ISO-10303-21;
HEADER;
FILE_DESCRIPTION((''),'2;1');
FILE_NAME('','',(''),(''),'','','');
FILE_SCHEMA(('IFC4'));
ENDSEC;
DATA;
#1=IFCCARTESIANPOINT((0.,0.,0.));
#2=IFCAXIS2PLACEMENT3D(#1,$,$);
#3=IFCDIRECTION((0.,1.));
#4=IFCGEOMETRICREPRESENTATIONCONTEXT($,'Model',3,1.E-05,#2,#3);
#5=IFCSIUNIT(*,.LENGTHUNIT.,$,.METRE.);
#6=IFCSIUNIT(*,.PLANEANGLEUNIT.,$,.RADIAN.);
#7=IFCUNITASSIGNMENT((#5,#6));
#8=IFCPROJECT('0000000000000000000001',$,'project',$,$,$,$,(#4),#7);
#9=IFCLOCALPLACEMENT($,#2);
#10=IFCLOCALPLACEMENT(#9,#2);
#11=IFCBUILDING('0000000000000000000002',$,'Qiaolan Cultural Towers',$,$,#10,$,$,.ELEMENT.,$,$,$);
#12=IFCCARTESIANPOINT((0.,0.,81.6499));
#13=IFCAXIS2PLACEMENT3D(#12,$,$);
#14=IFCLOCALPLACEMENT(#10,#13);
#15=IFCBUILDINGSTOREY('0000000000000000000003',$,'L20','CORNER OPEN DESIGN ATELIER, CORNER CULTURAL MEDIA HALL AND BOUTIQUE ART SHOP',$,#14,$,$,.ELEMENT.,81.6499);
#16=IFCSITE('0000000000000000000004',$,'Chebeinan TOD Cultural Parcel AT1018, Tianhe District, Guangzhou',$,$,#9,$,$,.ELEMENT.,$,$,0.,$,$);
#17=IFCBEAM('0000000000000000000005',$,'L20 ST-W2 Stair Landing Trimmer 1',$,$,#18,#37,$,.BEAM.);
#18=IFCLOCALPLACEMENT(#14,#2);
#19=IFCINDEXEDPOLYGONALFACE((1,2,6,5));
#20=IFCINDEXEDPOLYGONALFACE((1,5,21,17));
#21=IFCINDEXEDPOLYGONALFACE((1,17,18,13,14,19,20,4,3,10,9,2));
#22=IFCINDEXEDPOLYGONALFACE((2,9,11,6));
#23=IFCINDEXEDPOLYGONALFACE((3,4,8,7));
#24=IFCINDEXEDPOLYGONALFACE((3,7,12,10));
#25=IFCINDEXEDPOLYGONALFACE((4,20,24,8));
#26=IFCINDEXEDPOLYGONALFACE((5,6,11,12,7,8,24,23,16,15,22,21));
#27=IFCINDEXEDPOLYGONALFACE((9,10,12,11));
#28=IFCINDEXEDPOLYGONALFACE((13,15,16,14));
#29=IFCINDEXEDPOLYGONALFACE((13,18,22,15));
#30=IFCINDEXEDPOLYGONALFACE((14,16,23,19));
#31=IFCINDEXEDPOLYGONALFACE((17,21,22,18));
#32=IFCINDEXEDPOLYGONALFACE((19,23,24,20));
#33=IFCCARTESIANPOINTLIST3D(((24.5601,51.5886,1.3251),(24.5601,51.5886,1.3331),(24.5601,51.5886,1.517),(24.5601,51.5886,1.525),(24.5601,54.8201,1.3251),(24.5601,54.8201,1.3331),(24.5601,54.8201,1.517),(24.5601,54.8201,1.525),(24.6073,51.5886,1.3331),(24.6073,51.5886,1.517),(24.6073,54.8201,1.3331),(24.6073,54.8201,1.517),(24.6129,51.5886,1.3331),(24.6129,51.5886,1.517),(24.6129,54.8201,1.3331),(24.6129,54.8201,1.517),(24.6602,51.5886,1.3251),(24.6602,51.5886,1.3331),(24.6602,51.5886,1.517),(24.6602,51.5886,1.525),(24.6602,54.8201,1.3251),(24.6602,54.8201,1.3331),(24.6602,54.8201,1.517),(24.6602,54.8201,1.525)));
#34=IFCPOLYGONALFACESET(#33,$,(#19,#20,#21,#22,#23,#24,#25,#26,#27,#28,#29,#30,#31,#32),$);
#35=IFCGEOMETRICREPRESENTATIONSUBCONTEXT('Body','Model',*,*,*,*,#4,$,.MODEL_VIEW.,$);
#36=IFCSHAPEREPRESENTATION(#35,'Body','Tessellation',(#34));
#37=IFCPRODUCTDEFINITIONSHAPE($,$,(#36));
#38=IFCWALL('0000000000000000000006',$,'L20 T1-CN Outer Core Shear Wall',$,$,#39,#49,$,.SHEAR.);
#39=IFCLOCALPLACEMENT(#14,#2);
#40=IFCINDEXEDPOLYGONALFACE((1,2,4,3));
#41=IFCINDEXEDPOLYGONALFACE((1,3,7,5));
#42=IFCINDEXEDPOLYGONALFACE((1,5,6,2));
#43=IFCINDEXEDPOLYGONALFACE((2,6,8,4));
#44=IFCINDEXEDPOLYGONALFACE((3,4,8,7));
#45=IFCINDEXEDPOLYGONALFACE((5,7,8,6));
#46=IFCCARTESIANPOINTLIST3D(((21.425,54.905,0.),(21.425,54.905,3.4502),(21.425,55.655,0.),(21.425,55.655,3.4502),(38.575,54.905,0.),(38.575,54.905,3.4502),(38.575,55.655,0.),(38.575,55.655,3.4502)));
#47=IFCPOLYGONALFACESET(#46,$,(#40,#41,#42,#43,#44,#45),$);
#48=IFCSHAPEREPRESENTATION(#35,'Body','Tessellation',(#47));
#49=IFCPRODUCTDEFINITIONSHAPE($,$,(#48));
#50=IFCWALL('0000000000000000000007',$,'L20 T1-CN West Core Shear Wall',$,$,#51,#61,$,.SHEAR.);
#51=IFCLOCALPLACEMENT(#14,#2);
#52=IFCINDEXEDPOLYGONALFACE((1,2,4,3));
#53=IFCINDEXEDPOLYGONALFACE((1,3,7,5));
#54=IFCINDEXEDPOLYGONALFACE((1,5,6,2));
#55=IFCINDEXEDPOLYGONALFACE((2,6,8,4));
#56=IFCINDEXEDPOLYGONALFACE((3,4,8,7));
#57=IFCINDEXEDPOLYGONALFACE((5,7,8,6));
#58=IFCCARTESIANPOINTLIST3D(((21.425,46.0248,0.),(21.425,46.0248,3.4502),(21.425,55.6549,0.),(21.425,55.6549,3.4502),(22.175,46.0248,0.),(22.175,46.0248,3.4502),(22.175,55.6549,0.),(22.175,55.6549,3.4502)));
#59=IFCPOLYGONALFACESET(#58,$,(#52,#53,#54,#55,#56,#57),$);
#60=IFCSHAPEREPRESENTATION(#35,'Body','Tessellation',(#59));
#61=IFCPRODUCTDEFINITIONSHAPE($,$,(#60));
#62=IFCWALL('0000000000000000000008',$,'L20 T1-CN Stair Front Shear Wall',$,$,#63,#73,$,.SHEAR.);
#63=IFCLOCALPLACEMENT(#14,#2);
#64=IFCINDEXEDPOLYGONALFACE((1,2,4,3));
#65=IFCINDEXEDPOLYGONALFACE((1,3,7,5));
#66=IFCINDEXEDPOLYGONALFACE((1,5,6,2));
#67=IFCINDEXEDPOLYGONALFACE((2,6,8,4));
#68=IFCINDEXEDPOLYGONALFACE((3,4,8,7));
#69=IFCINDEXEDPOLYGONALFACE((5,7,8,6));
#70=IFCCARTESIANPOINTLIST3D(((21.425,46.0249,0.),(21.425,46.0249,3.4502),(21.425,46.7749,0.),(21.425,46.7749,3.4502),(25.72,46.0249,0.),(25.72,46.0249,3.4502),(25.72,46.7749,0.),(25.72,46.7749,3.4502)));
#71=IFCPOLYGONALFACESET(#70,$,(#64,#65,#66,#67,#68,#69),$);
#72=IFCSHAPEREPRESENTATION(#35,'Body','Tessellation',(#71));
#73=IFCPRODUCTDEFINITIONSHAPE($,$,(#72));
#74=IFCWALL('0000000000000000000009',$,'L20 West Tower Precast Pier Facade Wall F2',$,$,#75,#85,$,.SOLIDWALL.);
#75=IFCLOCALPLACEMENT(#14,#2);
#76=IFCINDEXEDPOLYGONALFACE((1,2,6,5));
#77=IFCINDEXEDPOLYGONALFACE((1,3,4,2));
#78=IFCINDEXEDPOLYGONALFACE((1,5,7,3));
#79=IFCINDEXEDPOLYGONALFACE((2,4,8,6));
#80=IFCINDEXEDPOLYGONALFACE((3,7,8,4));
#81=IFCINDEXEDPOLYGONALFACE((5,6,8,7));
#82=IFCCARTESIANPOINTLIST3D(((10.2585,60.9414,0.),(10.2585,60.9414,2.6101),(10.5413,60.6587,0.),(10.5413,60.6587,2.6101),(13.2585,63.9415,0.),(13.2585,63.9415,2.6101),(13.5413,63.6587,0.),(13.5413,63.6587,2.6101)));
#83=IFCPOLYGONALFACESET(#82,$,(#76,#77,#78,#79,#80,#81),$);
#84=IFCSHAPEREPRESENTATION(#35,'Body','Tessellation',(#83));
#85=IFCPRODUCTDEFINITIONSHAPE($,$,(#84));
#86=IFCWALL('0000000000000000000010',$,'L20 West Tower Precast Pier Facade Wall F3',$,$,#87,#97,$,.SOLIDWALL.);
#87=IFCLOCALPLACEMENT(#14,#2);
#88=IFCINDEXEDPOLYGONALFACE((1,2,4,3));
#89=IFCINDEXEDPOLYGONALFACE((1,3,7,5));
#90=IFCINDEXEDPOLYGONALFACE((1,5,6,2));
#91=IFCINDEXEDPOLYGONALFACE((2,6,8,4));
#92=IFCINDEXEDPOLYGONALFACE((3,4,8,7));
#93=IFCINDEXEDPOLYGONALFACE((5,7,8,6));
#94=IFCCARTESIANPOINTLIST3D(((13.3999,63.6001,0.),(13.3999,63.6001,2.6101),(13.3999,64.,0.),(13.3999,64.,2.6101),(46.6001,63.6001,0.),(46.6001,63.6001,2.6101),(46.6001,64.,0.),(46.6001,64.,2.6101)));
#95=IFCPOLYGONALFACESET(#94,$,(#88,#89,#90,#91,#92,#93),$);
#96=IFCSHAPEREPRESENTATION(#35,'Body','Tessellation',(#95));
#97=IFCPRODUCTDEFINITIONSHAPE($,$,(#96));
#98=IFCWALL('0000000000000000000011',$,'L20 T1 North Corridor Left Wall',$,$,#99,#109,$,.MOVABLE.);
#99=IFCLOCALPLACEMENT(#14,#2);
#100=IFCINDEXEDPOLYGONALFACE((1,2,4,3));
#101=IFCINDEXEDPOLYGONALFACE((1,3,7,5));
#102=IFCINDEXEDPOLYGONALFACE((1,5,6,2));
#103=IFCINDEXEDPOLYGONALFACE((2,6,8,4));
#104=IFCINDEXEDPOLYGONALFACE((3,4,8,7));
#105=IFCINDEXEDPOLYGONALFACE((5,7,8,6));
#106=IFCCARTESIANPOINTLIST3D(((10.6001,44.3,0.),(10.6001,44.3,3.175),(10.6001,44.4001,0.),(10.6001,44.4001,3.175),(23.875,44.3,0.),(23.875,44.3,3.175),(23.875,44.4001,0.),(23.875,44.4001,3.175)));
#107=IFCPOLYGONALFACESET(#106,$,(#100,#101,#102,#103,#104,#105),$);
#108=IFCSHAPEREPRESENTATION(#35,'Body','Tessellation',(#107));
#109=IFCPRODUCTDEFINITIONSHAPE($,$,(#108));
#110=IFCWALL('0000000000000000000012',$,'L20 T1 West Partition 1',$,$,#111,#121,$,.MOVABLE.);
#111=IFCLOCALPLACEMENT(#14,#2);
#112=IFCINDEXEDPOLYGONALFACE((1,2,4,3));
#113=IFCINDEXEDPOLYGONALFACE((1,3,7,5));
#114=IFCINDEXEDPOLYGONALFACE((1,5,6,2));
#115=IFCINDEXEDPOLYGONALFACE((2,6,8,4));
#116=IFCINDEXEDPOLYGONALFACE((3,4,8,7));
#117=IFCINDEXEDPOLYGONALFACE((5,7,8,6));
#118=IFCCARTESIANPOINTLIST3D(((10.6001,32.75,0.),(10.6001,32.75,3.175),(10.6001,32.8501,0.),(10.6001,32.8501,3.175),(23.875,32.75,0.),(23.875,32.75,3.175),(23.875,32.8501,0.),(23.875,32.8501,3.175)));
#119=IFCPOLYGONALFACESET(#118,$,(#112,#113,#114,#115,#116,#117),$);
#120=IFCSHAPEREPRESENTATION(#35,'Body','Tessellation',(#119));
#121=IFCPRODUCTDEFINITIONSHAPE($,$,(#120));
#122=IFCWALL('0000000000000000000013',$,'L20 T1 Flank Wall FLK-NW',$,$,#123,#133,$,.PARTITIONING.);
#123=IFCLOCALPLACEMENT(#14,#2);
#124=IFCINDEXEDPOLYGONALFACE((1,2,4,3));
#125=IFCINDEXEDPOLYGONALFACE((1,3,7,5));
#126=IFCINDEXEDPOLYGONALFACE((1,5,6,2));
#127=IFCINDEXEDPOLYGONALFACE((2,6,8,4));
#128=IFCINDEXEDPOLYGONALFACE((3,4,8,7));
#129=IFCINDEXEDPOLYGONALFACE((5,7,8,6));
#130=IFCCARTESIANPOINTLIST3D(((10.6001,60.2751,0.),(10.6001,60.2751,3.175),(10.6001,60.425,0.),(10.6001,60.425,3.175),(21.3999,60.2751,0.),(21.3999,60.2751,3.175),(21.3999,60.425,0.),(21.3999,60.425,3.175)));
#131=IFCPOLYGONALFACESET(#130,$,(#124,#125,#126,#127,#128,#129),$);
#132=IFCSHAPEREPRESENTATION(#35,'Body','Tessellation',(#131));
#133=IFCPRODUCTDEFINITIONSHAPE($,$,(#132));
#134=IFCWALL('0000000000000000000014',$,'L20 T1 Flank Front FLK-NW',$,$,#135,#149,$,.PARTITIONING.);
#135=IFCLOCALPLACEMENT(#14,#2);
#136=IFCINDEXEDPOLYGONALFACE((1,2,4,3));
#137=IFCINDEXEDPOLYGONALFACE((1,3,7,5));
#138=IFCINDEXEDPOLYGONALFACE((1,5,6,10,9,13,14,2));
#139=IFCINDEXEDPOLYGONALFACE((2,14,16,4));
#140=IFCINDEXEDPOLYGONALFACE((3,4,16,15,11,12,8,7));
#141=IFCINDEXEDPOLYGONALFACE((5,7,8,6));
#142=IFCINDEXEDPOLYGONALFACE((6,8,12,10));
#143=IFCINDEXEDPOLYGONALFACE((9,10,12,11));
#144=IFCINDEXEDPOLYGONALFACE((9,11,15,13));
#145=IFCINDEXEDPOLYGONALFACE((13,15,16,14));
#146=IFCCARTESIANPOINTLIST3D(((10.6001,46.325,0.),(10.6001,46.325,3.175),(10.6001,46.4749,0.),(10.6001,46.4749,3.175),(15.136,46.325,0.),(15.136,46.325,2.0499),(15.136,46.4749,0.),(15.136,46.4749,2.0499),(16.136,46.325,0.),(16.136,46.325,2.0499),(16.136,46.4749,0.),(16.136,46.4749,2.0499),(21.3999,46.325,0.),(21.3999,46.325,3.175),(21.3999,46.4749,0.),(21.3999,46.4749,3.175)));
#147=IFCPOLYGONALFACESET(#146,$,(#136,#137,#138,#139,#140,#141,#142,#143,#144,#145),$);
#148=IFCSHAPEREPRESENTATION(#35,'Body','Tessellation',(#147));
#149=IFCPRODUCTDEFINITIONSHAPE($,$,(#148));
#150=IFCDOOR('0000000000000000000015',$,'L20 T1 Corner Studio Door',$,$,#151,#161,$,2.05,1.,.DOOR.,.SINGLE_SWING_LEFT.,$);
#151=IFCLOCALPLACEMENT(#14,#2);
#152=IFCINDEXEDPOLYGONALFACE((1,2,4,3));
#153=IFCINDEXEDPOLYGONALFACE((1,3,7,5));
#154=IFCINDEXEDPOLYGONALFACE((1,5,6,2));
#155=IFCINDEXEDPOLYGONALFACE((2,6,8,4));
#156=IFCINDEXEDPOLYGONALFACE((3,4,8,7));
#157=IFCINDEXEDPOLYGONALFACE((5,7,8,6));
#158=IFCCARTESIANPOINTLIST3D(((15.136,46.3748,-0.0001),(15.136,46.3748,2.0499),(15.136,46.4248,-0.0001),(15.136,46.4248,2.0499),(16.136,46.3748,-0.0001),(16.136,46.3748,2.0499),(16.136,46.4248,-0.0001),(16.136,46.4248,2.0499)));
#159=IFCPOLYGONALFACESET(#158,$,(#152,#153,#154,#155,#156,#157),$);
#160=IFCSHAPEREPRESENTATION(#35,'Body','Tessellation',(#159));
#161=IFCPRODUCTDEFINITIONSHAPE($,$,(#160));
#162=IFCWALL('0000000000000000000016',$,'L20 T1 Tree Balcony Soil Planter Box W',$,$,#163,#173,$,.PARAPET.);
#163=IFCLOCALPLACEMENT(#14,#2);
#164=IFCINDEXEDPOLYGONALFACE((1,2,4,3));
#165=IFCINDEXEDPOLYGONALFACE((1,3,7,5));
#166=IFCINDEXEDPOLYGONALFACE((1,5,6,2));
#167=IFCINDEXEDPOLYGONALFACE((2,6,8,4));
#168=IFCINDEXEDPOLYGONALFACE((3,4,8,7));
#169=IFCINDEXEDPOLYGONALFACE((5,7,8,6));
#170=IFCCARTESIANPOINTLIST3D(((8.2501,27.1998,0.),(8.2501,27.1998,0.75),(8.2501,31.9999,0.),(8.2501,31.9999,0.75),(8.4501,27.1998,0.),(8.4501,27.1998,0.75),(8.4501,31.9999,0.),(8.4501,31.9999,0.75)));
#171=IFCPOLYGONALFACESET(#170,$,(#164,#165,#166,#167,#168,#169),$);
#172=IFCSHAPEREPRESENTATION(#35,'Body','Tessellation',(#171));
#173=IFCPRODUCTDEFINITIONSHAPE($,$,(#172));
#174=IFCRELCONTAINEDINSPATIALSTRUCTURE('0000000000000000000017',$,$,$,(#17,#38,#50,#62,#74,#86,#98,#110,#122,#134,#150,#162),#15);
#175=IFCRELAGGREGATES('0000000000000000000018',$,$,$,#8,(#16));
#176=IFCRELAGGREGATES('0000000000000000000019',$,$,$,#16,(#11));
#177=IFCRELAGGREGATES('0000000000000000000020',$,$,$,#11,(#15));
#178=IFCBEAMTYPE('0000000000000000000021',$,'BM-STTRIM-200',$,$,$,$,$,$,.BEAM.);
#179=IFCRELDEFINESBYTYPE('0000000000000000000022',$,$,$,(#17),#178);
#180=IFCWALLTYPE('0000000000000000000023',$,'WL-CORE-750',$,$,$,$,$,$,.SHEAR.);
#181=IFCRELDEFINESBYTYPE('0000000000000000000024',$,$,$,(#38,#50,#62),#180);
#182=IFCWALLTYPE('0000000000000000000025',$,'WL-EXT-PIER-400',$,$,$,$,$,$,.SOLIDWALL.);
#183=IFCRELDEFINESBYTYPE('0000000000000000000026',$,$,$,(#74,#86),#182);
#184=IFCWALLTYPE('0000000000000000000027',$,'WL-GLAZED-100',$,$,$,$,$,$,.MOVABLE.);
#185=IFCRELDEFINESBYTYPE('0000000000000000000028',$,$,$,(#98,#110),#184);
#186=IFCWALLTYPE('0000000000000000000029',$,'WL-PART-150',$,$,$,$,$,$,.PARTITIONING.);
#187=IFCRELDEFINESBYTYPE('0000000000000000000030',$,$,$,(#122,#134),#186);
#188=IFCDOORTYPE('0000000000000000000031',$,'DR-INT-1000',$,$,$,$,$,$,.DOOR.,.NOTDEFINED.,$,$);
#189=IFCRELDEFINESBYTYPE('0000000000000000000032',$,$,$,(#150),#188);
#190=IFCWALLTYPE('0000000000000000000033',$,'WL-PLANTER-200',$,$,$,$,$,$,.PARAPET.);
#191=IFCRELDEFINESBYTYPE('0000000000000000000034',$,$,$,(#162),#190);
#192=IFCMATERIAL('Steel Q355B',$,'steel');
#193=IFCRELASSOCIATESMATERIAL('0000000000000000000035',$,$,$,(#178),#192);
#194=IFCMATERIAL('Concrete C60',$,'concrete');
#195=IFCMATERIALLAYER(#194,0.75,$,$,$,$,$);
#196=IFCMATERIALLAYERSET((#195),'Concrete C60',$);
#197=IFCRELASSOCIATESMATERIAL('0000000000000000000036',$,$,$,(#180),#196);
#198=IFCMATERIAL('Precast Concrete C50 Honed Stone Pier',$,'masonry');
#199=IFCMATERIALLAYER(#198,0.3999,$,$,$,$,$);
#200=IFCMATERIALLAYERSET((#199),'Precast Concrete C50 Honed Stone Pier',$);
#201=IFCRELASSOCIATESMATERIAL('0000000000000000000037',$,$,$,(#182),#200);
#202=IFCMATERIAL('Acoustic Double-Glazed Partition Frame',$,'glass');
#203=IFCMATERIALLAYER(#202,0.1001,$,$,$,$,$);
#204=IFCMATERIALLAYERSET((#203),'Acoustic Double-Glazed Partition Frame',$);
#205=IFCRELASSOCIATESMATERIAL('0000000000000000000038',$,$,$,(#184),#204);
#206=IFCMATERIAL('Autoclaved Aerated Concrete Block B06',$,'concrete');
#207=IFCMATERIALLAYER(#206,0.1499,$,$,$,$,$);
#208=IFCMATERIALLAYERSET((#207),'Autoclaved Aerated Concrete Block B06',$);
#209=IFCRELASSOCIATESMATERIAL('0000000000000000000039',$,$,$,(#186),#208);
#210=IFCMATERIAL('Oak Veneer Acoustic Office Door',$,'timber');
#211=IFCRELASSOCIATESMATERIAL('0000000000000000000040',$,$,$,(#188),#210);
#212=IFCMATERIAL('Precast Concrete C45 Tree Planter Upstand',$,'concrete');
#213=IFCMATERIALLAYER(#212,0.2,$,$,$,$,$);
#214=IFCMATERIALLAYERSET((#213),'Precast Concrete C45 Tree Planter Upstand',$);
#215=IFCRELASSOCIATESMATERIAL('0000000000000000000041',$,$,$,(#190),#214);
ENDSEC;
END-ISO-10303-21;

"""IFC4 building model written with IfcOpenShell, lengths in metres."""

from ifc_helpers import new_model, si_unit, direction, frame, frame_2d, origin, origin_2d, place, context, subcontext, project, spatial, rectangle, i_section, extrude, material, layer, layer_set, material_profile, profile_set, type_object, element, fill, save


model = new_model("IFC4")

# Units and contexts
model_context = context("Model", 3, precision=1e-05, world=origin(), true_north=direction((0.0, 1.0)))
body_context = subcontext(model_context, "Body", "Model", "MODEL_VIEW")
ifc_project = project(units=[si_unit("LENGTHUNIT", "METRE"), si_unit("PLANEANGLEUNIT", "RADIAN")], contexts=[model_context])

# Site, building, storey
site_placement = place(None, origin())
site = spatial("IfcSite", under=ifc_project, at=site_placement, Name="Chebeinan TOD Cultural Parcel AT1018, Tianhe District, Guangzhou", CompositionType="ELEMENT", RefElevation=0.0)
building_placement = place(site_placement, origin())
building = spatial("IfcBuilding", under=site, at=building_placement, Name="Qiaolan Cultural Towers", CompositionType="ELEMENT")
storey_placement = place(building_placement, frame((0.0, 0.0, 81.6499)))
storey = spatial("IfcBuildingStorey", under=building, at=storey_placement, Name="L20", Description="CORNER OPEN DESIGN ATELIER, CORNER CULTURAL MEDIA HALL AND BOUTIQUE ART SHOP", CompositionType="ELEMENT", Elevation=81.6499)

# Beam
ifc_material_1 = material(Name="Steel Q355B", Category="steel")
ifc_material_profile_1 = material_profile(ifc_material_1, i_section(OverallWidth=0.1001, OverallDepth=0.2, WebThickness=0.0056, FlangeThickness=0.0081, at=origin_2d()), Name="HN200x100x5.5x8")
ifc_profile_set_1 = profile_set([ifc_material_profile_1], Name="Steel Q355B")
beam_type_1 = type_object("IfcBeamType", Name="BM-STTRIM-200", PredefinedType="BEAM", material=ifc_profile_set_1)
beam_1_placement = place(storey_placement, frame((24.6101, 51.5886, 1.425), z_axis=(0.0, 1.0, 0.0), x_axis=(-1.0, 0.0, 0.0)))
element("IfcBeam", 1, at=beam_1_placement, inside=storey, type_object=beam_type_1, Name="L20 ST-W2 Stair Landing Trimmer 1", PredefinedType="BEAM", context=body_context, shape_type="SweptSolid", body=[
    extrude(i_section(OverallWidth=0.1001, OverallDepth=0.2, WebThickness=0.0056, FlangeThickness=0.0081, at=origin_2d()), origin(), (0.0, 0.0, 1.0), 3.2314),
])

# Walls
ifc_material_2 = material(Name="Concrete C60", Category="concrete")
ifc_layer_1 = layer(ifc_material_2, 0.75)
ifc_layer_set_1 = layer_set([ifc_layer_1], Name="Concrete C60")
wall_type_1 = type_object("IfcWallType", Name="WL-CORE-750", PredefinedType="SHEAR", material=ifc_layer_set_1)
wall_1_placement = place(storey_placement, frame((21.425, 55.28, 0.0), z_axis=(0.0, 0.0, 1.0), x_axis=(1.0, 0.0, 0.0)))
element("IfcWall", 2, at=wall_1_placement, inside=storey, type_object=wall_type_1, Name="L20 T1-CN Outer Core Shear Wall", PredefinedType="SHEAR", context=body_context, shape_type="SweptSolid", body=[
    extrude(rectangle(XDim=17.1499, YDim=0.75, at=frame_2d((8.575, 0.0))), origin(), (0.0, 0.0, 1.0), 3.4502),
])
wall_2_placement = place(storey_placement, frame((21.8, 46.0249, 0.0), z_axis=(0.0, 0.0, 1.0), x_axis=(0.0, 1.0, 0.0)))
element("IfcWall", 3, at=wall_2_placement, inside=storey, type_object=wall_type_1, Name="L20 T1-CN West Core Shear Wall", PredefinedType="SHEAR", context=body_context, shape_type="SweptSolid", body=[
    extrude(rectangle(XDim=9.6301, YDim=0.75, at=frame_2d((4.8149, 0.0))), origin(), (0.0, 0.0, 1.0), 3.4502),
])
wall_3_placement = place(storey_placement, frame((21.425, 46.3999, 0.0), z_axis=(0.0, 0.0, 1.0), x_axis=(1.0, 0.0, 0.0)))
element("IfcWall", 4, at=wall_3_placement, inside=storey, type_object=wall_type_1, Name="L20 T1-CN Stair Front Shear Wall", PredefinedType="SHEAR", context=body_context, shape_type="SweptSolid", body=[
    extrude(rectangle(XDim=4.2949, YDim=0.75, at=frame_2d((2.1475, 0.0))), origin(), (0.0, 0.0, 1.0), 3.4502),
])
ifc_material_3 = material(Name="Precast Concrete C50 Honed Stone Pier", Category="masonry")
ifc_layer_2 = layer(ifc_material_3, 0.3999)
ifc_layer_set_2 = layer_set([ifc_layer_2], Name="Precast Concrete C50 Honed Stone Pier")
wall_type_2 = type_object("IfcWallType", Name="WL-EXT-PIER-400", PredefinedType="SOLIDWALL", material=ifc_layer_set_2)
wall_4_placement = place(storey_placement, frame((10.3999, 60.8, 0.0), z_axis=(0.0, 0.0, 1.0), x_axis=(0.707107, 0.707107, 0.0)))
element("IfcWall", 5, at=wall_4_placement, inside=storey, type_object=wall_type_2, Name="L20 West Tower Precast Pier Facade Wall F2", PredefinedType="SOLIDWALL", context=body_context, shape_type="SweptSolid", body=[
    extrude(rectangle(XDim=4.2427, YDim=0.3999, at=frame_2d((2.1213, 0.0))), origin(), (0.0, 0.0, 1.0), 2.6101),
])
wall_5_placement = place(storey_placement, frame((13.3999, 63.8, 0.0), z_axis=(0.0, 0.0, 1.0), x_axis=(1.0, 0.0, 0.0)))
element("IfcWall", 6, at=wall_5_placement, inside=storey, type_object=wall_type_2, Name="L20 West Tower Precast Pier Facade Wall F3", PredefinedType="SOLIDWALL", context=body_context, shape_type="SweptSolid", body=[
    extrude(rectangle(XDim=33.2002, YDim=0.3999, at=frame_2d((16.6001, 0.0))), origin(), (0.0, 0.0, 1.0), 2.6101),
])
ifc_material_4 = material(Name="Acoustic Double-Glazed Partition Frame", Category="glass")
ifc_layer_3 = layer(ifc_material_4, 0.1001)
ifc_layer_set_3 = layer_set([ifc_layer_3], Name="Acoustic Double-Glazed Partition Frame")
wall_type_3 = type_object("IfcWallType", Name="WL-GLAZED-100", PredefinedType="MOVABLE", material=ifc_layer_set_3)
for number, where, z_axis, x_axis, name in (
    (7, (10.6001, 44.3501, 0.0), (0.0, 0.0, 1.0), (1.0, 0.0, 0.0), "L20 T1 North Corridor Left Wall"),
    (8, (10.6001, 32.8, 0.0), (0.0, 0.0, 1.0), (1.0, 0.0, 0.0), "L20 T1 West Partition 1"),
):
    element("IfcWall", number, at=place(storey_placement, frame(where, z_axis=z_axis, x_axis=x_axis)), inside=storey, type_object=wall_type_3, Name=name, PredefinedType="MOVABLE", context=body_context, shape_type="SweptSolid", body=[
        extrude(rectangle(XDim=13.2749, YDim=0.1001, at=frame_2d((6.6375, 0.0))), origin(), (0.0, 0.0, 1.0), 3.175),
    ])
ifc_material_5 = material(Name="Autoclaved Aerated Concrete Block B06", Category="concrete")
ifc_layer_4 = layer(ifc_material_5, 0.1499)
ifc_layer_set_4 = layer_set([ifc_layer_4], Name="Autoclaved Aerated Concrete Block B06")
wall_type_4 = type_object("IfcWallType", Name="WL-PART-150", PredefinedType="PARTITIONING", material=ifc_layer_set_4)
wall_6_placement = place(storey_placement, frame((10.6001, 60.3501, 0.0), z_axis=(0.0, 0.0, 1.0), x_axis=(1.0, 0.0, 0.0)))
element("IfcWall", 9, at=wall_6_placement, inside=storey, type_object=wall_type_4, Name="L20 T1 Flank Wall FLK-NW", PredefinedType="PARTITIONING", context=body_context, shape_type="SweptSolid", body=[
    extrude(rectangle(XDim=10.7998, YDim=0.1499, at=frame_2d((5.3999, 0.0))), origin(), (0.0, 0.0, 1.0), 3.175),
])

# Wall, opening, door
wall_7_placement = place(storey_placement, frame((10.6001, 46.3999, 0.0), z_axis=(0.0, 0.0, 1.0), x_axis=(1.0, 0.0, 0.0)))
wall_7 = element("IfcWall", 10, at=wall_7_placement, inside=storey, type_object=wall_type_4, Name="L20 T1 Flank Front FLK-NW", PredefinedType="PARTITIONING", context=body_context, shape_type="SweptSolid", body=[
    extrude(rectangle(XDim=10.7998, YDim=0.1499, at=frame_2d((5.3999, 0.0))), origin(), (0.0, 0.0, 1.0), 3.175),
])
opening_placement = place(wall_7_placement, frame((4.5359, 0.0, 0.0)))
opening = element("IfcOpeningElement", 11, at=opening_placement, cuts=wall_7, PredefinedType="OPENING", context=body_context, shape_type="SweptSolid", body=[
    extrude(rectangle(XDim=1.0, YDim=2.05, at=frame_2d((0.5, 1.0249))), frame((0.0, 0.085, 0.0), z_axis=(0.0, -1.0, 0.0), x_axis=(1.0, 0.0, 0.0)), (0.0, 0.0, 1.0), 0.1699),
])
ifc_material_6 = material(Name="Oak Veneer Acoustic Office Door", Category="timber")
door_type = type_object("IfcDoorType", Name="DR-INT-1000", OperationType="NOTDEFINED", PredefinedType="DOOR", material=ifc_material_6)
door_placement = place(opening_placement, origin())
door = element("IfcDoor", 12, at=door_placement, inside=storey, type_object=door_type, Name="L20 T1 Corner Studio Door", OperationType="SINGLE_SWING_LEFT", OverallHeight=2.05, OverallWidth=1.0, PredefinedType="DOOR", context=body_context, shape_type="SweptSolid", body=[
    extrude(rectangle(XDim=1.0, YDim=2.05, at=frame_2d((0.5, 1.0249))), frame((0.0, 0.0249, 0.0), z_axis=(0.0, -1.0, 0.0), x_axis=(1.0, 0.0, 0.0)), (0.0, 0.0, 1.0), 0.05),
])
fill(opening, door)

# Wall
ifc_material_7 = material(Name="Precast Concrete C45 Tree Planter Upstand", Category="concrete")
ifc_layer_5 = layer(ifc_material_7, 0.2)
ifc_layer_set_5 = layer_set([ifc_layer_5], Name="Precast Concrete C45 Tree Planter Upstand")
wall_type_5 = type_object("IfcWallType", Name="WL-PLANTER-200", PredefinedType="PARAPET", material=ifc_layer_set_5)
wall_8_placement = place(storey_placement, frame((8.3501, 27.2, 0.0), z_axis=(0.0, 0.0, 1.0), x_axis=(0.0, 1.0, 0.0)))
element("IfcWall", 13, at=wall_8_placement, inside=storey, type_object=wall_type_5, Name="L20 T1 Tree Balcony Soil Planter Box W", PredefinedType="PARAPET", context=body_context, shape_type="SweptSolid", body=[
    extrude(rectangle(XDim=4.8, YDim=0.2, at=frame_2d((2.3999, 0.0))), origin(), (0.0, 0.0, 1.0), 0.75),
])

save(model, "model.ifc")
